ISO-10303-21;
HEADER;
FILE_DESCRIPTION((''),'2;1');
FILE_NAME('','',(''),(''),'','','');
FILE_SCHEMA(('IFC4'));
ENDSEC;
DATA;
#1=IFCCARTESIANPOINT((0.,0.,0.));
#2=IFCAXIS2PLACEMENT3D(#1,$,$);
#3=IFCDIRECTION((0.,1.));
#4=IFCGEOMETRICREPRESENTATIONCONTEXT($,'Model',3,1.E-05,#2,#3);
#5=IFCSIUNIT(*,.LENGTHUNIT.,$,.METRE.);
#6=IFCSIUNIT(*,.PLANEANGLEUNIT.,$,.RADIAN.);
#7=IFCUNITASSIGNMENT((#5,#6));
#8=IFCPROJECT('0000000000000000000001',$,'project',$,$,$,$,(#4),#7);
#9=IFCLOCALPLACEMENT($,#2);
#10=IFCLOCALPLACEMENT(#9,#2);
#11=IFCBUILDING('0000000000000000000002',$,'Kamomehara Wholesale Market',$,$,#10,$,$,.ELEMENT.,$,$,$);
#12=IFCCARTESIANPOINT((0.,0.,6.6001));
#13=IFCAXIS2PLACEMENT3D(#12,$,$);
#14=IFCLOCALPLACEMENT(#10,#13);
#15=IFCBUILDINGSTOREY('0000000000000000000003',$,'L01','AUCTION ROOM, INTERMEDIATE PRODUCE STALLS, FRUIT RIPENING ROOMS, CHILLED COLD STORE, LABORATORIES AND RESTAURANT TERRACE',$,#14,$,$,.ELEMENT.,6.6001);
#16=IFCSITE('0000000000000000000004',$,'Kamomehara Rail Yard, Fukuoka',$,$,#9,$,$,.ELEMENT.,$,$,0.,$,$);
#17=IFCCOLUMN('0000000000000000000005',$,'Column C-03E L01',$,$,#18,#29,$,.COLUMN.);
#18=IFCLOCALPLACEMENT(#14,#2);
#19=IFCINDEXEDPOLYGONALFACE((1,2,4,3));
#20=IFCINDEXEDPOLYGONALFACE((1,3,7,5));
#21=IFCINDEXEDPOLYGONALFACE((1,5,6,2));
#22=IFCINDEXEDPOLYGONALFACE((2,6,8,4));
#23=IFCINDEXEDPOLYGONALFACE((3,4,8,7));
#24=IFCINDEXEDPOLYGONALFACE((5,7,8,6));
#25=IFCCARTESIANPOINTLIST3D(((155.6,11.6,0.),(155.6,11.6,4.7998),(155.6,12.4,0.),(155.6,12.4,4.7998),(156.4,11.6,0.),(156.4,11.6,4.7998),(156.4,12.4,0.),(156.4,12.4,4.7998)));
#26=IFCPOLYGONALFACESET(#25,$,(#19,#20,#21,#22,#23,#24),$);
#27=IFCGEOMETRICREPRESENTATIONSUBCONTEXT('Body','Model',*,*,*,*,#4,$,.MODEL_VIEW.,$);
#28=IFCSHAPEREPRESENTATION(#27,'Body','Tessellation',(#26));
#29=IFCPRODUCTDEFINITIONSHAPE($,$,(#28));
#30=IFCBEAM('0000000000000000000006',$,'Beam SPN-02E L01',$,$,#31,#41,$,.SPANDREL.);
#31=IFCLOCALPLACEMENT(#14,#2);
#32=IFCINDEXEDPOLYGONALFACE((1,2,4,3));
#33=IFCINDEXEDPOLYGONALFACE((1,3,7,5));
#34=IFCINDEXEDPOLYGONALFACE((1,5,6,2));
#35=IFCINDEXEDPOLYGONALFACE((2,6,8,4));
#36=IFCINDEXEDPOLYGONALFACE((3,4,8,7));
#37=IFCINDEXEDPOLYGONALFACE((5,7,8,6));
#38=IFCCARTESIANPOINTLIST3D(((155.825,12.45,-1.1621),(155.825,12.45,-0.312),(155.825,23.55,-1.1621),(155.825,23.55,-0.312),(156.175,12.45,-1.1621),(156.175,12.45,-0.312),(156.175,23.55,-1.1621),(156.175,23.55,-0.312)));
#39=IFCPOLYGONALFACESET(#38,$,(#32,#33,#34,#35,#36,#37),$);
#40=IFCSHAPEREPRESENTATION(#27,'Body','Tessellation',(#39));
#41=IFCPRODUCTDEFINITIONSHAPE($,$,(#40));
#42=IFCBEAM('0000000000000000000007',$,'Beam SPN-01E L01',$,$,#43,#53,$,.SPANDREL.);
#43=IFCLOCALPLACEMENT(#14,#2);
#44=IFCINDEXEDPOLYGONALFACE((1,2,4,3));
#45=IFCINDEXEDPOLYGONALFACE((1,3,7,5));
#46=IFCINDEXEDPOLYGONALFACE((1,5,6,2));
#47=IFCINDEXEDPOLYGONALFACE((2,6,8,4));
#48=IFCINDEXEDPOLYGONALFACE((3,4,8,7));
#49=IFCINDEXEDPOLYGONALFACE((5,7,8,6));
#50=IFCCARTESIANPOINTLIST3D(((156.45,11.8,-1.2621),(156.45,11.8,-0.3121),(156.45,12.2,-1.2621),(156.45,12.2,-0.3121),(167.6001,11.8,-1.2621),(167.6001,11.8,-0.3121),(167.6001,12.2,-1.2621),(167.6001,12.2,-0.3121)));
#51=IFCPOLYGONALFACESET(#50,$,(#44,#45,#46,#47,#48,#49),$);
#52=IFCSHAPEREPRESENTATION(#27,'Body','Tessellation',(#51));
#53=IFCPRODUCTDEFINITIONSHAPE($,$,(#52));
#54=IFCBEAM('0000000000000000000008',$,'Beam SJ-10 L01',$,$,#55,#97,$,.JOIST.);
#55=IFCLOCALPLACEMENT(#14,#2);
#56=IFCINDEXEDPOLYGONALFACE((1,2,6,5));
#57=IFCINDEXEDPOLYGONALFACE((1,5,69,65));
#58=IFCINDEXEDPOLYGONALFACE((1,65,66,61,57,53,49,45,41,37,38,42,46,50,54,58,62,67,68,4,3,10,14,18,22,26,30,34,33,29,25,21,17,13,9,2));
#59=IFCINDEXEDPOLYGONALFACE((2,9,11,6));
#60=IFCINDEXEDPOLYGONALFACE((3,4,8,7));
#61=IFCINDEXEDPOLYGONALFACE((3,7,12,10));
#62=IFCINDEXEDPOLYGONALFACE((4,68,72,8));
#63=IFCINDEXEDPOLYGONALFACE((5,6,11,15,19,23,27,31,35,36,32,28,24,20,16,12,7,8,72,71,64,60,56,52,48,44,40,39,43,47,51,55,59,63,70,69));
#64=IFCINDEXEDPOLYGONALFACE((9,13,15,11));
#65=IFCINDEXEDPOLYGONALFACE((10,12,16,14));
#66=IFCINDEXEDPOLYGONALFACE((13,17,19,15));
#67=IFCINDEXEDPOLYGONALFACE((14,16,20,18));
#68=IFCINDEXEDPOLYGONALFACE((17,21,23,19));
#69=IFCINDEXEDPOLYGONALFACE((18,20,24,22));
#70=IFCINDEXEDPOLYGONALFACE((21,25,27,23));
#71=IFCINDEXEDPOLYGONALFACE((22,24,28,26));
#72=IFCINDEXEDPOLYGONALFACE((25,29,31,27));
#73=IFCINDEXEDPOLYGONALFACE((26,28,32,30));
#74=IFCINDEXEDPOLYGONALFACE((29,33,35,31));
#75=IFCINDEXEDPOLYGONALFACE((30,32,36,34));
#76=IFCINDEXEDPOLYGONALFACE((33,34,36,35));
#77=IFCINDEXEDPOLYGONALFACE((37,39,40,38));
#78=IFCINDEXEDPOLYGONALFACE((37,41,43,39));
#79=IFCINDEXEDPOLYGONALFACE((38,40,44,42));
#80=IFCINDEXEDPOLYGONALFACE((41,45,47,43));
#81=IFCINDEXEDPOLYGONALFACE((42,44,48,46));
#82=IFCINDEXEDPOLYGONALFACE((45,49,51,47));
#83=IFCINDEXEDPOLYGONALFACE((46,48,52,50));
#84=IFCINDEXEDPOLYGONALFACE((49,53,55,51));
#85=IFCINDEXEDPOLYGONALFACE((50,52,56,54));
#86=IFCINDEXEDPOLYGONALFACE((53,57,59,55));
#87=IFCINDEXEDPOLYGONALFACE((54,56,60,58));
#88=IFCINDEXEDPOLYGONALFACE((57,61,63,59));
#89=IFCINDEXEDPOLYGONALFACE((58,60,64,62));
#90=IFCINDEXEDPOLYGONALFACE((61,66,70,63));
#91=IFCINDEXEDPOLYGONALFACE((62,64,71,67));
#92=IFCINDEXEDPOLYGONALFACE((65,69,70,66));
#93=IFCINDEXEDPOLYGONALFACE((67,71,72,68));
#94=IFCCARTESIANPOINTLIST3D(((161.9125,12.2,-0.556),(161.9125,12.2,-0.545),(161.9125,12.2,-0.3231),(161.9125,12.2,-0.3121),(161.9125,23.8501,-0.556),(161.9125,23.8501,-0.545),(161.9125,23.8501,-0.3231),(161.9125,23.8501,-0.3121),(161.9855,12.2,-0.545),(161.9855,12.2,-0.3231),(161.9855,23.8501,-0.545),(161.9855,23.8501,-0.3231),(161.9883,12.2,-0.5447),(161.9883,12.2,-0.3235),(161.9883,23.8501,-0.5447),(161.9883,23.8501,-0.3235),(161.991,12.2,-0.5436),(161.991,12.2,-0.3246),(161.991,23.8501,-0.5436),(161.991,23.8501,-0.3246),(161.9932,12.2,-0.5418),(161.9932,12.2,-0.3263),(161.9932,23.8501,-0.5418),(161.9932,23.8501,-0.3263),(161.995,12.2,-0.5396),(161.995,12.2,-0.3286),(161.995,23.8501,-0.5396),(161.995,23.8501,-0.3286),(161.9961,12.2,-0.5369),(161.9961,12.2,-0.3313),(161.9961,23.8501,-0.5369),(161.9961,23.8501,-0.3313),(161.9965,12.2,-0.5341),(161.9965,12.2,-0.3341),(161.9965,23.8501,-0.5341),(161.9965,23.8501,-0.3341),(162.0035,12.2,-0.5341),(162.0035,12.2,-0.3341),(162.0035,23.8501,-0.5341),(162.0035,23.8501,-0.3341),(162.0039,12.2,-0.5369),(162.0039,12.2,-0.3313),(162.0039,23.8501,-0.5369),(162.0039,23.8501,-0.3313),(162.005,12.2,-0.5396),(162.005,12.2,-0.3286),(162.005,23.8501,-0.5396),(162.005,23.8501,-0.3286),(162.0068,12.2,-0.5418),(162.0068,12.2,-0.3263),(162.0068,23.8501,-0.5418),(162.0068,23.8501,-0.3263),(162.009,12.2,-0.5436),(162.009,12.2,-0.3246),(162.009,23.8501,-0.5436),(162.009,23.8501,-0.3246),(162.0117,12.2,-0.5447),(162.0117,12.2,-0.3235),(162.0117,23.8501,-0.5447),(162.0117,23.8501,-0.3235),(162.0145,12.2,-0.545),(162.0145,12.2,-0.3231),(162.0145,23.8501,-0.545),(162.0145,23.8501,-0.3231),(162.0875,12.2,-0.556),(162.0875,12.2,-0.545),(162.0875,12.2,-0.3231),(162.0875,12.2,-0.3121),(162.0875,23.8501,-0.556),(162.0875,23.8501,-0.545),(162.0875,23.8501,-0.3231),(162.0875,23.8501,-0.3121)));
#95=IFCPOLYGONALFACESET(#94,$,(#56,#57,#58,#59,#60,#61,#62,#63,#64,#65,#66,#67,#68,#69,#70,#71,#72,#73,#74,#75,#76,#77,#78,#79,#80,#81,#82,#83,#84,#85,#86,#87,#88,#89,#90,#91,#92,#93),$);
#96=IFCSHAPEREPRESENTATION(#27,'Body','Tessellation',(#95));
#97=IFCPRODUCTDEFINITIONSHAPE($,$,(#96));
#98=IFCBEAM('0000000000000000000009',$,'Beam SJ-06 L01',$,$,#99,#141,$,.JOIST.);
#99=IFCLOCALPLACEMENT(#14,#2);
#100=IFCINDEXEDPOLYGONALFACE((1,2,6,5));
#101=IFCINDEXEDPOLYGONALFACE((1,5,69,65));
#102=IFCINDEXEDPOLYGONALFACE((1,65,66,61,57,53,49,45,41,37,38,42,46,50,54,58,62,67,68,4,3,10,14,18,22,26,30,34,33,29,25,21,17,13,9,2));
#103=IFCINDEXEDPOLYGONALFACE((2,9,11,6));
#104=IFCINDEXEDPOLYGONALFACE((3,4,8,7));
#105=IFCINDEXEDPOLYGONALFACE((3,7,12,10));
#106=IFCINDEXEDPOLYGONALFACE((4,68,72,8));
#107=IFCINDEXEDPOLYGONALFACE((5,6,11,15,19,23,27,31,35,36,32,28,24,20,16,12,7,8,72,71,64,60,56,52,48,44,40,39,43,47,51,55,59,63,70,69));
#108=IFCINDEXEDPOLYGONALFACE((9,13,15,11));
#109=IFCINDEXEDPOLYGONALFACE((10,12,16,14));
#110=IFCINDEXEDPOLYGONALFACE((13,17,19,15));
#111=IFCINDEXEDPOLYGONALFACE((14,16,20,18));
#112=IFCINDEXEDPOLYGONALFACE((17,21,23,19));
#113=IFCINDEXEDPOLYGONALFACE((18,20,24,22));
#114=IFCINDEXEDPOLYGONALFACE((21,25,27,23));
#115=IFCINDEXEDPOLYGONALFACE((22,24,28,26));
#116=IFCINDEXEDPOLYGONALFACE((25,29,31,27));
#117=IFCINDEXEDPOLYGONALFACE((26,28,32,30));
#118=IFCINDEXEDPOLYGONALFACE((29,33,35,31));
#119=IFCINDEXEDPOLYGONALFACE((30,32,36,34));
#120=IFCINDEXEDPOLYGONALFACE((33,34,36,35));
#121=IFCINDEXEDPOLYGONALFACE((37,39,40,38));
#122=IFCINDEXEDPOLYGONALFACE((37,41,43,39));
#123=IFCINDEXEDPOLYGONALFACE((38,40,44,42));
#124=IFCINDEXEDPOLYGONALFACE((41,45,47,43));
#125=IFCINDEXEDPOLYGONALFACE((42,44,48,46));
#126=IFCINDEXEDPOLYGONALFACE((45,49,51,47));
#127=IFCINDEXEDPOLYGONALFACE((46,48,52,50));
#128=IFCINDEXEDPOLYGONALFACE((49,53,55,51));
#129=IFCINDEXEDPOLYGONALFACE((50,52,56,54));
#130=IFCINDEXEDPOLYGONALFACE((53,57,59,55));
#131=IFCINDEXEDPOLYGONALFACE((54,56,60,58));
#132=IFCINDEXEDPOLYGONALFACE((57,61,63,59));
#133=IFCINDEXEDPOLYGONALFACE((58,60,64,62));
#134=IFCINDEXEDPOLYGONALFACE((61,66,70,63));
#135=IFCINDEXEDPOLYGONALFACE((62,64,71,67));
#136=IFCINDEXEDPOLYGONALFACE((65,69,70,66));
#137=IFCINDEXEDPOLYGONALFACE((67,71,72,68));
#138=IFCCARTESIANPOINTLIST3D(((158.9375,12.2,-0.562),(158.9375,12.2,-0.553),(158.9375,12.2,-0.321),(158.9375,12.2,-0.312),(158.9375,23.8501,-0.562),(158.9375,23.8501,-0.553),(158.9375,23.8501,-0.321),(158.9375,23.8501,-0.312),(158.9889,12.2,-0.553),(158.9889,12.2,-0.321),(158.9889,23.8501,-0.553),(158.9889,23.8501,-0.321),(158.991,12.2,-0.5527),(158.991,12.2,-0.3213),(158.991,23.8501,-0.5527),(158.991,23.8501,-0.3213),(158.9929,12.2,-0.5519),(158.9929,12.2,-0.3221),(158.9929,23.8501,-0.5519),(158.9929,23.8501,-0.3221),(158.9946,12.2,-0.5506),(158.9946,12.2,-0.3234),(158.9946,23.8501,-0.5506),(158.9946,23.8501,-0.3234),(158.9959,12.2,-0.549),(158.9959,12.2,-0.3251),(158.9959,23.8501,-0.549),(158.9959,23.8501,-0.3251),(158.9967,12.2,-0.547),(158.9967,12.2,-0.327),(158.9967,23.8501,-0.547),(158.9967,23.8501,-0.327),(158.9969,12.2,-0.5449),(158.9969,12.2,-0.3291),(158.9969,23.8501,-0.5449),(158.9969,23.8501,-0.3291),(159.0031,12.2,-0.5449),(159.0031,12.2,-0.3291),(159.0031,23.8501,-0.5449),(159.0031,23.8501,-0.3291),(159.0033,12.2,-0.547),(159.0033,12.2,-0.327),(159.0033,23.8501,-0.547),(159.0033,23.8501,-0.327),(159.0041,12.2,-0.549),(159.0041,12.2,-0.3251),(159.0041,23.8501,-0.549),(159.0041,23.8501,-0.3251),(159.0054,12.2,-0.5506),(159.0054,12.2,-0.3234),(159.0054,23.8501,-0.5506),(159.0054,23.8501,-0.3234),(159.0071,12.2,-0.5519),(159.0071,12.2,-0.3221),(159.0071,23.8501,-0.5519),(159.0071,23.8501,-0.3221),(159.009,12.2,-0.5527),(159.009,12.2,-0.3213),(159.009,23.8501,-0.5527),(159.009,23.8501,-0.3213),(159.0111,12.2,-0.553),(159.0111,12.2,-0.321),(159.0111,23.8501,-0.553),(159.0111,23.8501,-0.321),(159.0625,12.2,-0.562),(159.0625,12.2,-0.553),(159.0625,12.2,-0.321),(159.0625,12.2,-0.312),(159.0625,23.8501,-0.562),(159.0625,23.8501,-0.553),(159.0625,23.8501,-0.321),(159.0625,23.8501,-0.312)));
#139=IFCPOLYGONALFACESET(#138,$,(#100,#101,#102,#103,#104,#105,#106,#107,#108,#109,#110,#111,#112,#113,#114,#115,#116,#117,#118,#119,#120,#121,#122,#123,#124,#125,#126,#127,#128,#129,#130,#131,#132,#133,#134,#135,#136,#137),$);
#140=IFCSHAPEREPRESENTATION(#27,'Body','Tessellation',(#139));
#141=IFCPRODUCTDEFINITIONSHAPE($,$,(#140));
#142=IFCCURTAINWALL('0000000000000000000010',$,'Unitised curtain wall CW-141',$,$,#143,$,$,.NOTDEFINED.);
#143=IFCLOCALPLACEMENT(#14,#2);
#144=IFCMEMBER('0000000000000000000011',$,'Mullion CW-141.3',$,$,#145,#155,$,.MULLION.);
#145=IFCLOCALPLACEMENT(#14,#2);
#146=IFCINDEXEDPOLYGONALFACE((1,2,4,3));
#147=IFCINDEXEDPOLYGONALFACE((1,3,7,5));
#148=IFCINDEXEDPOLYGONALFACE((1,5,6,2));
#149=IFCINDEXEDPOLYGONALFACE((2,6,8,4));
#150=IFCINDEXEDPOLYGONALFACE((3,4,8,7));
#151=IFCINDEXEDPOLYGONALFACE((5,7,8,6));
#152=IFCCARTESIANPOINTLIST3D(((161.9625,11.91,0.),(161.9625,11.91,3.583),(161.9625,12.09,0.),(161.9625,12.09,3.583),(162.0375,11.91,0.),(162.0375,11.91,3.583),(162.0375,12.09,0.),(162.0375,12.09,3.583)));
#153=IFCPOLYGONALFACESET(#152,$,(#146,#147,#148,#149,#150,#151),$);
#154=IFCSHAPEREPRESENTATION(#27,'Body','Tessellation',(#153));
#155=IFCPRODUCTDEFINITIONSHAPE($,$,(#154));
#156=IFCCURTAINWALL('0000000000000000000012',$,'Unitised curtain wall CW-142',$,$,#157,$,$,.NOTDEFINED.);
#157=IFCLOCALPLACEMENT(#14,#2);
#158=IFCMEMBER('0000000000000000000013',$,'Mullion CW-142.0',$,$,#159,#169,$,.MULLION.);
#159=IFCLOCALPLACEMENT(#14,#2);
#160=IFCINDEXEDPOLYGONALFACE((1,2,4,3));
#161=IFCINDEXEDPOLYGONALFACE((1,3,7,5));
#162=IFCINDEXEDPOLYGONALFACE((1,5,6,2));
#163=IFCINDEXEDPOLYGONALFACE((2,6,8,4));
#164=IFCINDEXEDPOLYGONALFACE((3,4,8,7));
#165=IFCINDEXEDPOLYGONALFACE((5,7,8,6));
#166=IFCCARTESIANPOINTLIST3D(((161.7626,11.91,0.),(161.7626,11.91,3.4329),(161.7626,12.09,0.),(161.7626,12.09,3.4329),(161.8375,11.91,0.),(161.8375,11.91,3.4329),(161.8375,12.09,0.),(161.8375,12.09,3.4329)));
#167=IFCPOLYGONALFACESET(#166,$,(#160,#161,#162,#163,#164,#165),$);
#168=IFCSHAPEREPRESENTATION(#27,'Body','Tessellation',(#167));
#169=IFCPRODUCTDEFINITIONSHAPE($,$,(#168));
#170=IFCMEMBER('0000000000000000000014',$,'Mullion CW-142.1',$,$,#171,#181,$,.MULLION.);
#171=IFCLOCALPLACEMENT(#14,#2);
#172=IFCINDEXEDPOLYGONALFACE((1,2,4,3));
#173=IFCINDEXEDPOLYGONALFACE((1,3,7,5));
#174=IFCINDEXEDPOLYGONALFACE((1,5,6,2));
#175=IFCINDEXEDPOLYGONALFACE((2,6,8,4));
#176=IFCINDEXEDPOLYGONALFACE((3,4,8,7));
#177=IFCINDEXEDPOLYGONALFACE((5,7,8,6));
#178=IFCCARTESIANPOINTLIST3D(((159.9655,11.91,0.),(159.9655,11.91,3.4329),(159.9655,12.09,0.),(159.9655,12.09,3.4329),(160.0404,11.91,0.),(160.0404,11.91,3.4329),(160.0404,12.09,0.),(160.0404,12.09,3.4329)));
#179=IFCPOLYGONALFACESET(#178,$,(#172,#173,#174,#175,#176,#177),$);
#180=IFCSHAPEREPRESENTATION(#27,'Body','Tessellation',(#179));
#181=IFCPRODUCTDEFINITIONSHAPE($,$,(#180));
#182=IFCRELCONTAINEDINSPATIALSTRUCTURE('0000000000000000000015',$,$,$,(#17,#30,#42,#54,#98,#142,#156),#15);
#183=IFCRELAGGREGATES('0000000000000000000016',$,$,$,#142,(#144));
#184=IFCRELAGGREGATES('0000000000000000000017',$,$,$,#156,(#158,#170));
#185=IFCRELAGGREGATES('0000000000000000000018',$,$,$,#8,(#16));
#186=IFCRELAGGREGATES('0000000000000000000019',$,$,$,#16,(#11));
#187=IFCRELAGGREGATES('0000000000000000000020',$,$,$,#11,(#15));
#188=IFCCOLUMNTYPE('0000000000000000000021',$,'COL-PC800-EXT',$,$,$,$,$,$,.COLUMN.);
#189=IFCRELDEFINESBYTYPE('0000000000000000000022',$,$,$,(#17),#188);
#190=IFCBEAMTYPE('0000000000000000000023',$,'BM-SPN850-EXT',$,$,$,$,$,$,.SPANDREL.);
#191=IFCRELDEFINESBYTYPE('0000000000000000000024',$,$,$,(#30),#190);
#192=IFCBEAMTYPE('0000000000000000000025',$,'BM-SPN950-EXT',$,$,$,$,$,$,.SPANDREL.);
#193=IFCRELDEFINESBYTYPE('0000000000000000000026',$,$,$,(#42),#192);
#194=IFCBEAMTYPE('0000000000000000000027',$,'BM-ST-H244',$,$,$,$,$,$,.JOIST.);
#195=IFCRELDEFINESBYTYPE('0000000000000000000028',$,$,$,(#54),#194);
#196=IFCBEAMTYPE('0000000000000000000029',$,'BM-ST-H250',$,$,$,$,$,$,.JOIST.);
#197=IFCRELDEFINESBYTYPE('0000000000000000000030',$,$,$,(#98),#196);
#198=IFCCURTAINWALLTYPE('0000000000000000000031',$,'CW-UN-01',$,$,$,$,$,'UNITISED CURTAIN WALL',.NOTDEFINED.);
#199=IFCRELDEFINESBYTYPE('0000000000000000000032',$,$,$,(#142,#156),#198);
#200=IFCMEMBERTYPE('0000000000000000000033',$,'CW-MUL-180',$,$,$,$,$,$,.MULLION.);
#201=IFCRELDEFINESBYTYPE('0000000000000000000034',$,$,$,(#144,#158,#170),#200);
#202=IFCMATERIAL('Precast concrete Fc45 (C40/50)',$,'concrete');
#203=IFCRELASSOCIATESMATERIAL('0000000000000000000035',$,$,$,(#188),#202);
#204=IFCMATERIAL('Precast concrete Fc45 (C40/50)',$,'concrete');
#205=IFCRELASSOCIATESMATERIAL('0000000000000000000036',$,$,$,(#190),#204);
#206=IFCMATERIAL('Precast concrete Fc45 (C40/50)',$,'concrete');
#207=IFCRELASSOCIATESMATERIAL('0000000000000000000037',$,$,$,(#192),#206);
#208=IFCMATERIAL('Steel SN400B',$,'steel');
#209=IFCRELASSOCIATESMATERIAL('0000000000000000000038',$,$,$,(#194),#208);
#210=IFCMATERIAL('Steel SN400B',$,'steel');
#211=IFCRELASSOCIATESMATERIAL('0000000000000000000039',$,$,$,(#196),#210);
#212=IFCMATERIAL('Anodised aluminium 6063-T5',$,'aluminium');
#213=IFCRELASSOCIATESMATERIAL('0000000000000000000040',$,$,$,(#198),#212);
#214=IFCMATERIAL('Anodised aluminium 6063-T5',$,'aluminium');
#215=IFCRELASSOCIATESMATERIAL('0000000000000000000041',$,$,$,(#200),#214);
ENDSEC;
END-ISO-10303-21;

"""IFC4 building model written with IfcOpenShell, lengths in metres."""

from ifc_helpers import new_model, si_unit, direction, frame, origin, origin_2d, place, context, subcontext, project, spatial, rectangle, i_section, extrude, material, material_profile, profile_set, type_object, element, aggregate, save


model = new_model("IFC4")

# Units and contexts
model_context = context("Model", 3, precision=1e-05, world=origin(), true_north=direction((0.0, 1.0)))
body_context = subcontext(model_context, "Body", "Model", "MODEL_VIEW")
ifc_project = project(units=[si_unit("LENGTHUNIT", "METRE"), si_unit("PLANEANGLEUNIT", "RADIAN")], contexts=[model_context])

# Site, building, storey
site_placement = place(None, origin())
site = spatial("IfcSite", under=ifc_project, at=site_placement, Name="Kamomehara Rail Yard, Fukuoka", CompositionType="ELEMENT", RefElevation=0.0)
building_placement = place(site_placement, origin())
building = spatial("IfcBuilding", under=site, at=building_placement, Name="Kamomehara Wholesale Market", CompositionType="ELEMENT")
storey_placement = place(building_placement, frame((0.0, 0.0, 6.6001)))
storey = spatial("IfcBuildingStorey", under=building, at=storey_placement, Name="L01", Description="AUCTION ROOM, INTERMEDIATE PRODUCE STALLS, FRUIT RIPENING ROOMS, CHILLED COLD STORE, LABORATORIES AND RESTAURANT TERRACE", CompositionType="ELEMENT", Elevation=6.6001)

# Column
ifc_material_1 = material(Name="Precast concrete Fc45 (C40/50)", Category="concrete")
ifc_material_profile_1 = material_profile(ifc_material_1, rectangle(XDim=0.8, YDim=0.8, at=origin_2d()), Name="PC-COL-800x800")
ifc_profile_set_1 = profile_set([ifc_material_profile_1], Name="Precast concrete Fc45 (C40/50)")
column_type = type_object("IfcColumnType", Name="COL-PC800-EXT", PredefinedType="COLUMN", material=ifc_profile_set_1)
column_placement = place(storey_placement, frame((156.0, 12.0, 0.0), z_axis=(0.0, 0.0, 1.0), x_axis=(1.0, 0.0, 0.0)))
element("IfcColumn", 1, at=column_placement, inside=storey, type_object=column_type, Name="Column C-03E L01", PredefinedType="COLUMN", context=body_context, shape_type="SweptSolid", body=[
    extrude(rectangle(XDim=0.8, YDim=0.8, at=origin_2d()), origin(), (0.0, 0.0, 1.0), 4.7998),
])

# Beams
ifc_material_2 = material(Name="Precast concrete Fc45 (C40/50)", Category="concrete")
ifc_material_profile_2 = material_profile(ifc_material_2, rectangle(XDim=0.3501, YDim=0.8501, at=origin_2d()), Name="PC-SPN-350x850")
ifc_profile_set_2 = profile_set([ifc_material_profile_2], Name="Precast concrete Fc45 (C40/50)")
beam_type_1 = type_object("IfcBeamType", Name="BM-SPN850-EXT", PredefinedType="SPANDREL", material=ifc_profile_set_2)
beam_1_placement = place(storey_placement, frame((156.0, 12.45, -0.7371), z_axis=(0.0, 1.0, 0.0), x_axis=(-1.0, 0.0, 0.0)))
element("IfcBeam", 2, at=beam_1_placement, inside=storey, type_object=beam_type_1, Name="Beam SPN-02E L01", PredefinedType="SPANDREL", context=body_context, shape_type="SweptSolid", body=[
    extrude(rectangle(XDim=0.3501, YDim=0.8501, at=origin_2d()), origin(), (0.0, 0.0, 1.0), 11.1001),
])
ifc_material_3 = material(Name="Precast concrete Fc45 (C40/50)", Category="concrete")
ifc_material_profile_3 = material_profile(ifc_material_3, rectangle(XDim=0.3999, YDim=0.95, at=origin_2d()), Name="PC-SPN-400x950")
ifc_profile_set_3 = profile_set([ifc_material_profile_3], Name="Precast concrete Fc45 (C40/50)")
beam_type_2 = type_object("IfcBeamType", Name="BM-SPN950-EXT", PredefinedType="SPANDREL", material=ifc_profile_set_3)
beam_2_placement = place(storey_placement, frame((156.45, 12.0, -0.7871), z_axis=(1.0, 0.0, 0.0), x_axis=(0.0, 1.0, 0.0)))
element("IfcBeam", 3, at=beam_2_placement, inside=storey, type_object=beam_type_2, Name="Beam SPN-01E L01", PredefinedType="SPANDREL", context=body_context, shape_type="SweptSolid", body=[
    extrude(rectangle(XDim=0.3999, YDim=0.95, at=origin_2d()), origin(), (0.0, 0.0, 1.0), 11.1501),
])
ifc_material_4 = material(Name="Steel SN400B", Category="steel")
ifc_material_profile_4 = material_profile(ifc_material_4, i_section(OverallWidth=0.175, OverallDepth=0.2439, WebThickness=0.0071, FlangeThickness=0.011, FilletRadius=0.011, at=origin_2d()), Name="H-244x175x7x11")
ifc_profile_set_4 = profile_set([ifc_material_profile_4], Name="Steel SN400B")
beam_type_3 = type_object("IfcBeamType", Name="BM-ST-H244", PredefinedType="JOIST", material=ifc_profile_set_4)
beam_3_placement = place(storey_placement, frame((162.0, 12.2, -0.4341), z_axis=(0.0, 1.0, 0.0), x_axis=(-1.0, 0.0, 0.0)))
element("IfcBeam", 4, at=beam_3_placement, inside=storey, type_object=beam_type_3, Name="Beam SJ-10 L01", PredefinedType="JOIST", context=body_context, shape_type="SweptSolid", body=[
    extrude(i_section(OverallWidth=0.175, OverallDepth=0.2439, WebThickness=0.0071, FlangeThickness=0.011, FilletRadius=0.011, at=origin_2d()), origin(), (0.0, 0.0, 1.0), 11.6501),
])
ifc_material_5 = material(Name="Steel SN400B", Category="steel")
ifc_material_profile_5 = material_profile(ifc_material_5, i_section(OverallWidth=0.125, OverallDepth=0.25, WebThickness=0.0061, FlangeThickness=0.009, FilletRadius=0.0081, at=origin_2d()), Name="H-250x125x6x9")
ifc_profile_set_5 = profile_set([ifc_material_profile_5], Name="Steel SN400B")
beam_type_4 = type_object("IfcBeamType", Name="BM-ST-H250", PredefinedType="JOIST", material=ifc_profile_set_5)
beam_4_placement = place(storey_placement, frame((159.0, 12.2, -0.437), z_axis=(0.0, 1.0, 0.0), x_axis=(-1.0, 0.0, 0.0)))
element("IfcBeam", 5, at=beam_4_placement, inside=storey, type_object=beam_type_4, Name="Beam SJ-06 L01", PredefinedType="JOIST", context=body_context, shape_type="SweptSolid", body=[
    extrude(i_section(OverallWidth=0.125, OverallDepth=0.25, WebThickness=0.0061, FlangeThickness=0.009, FilletRadius=0.0081, at=origin_2d()), origin(), (0.0, 0.0, 1.0), 11.6501),
])

# Curtain wall, member
ifc_material_6 = material(Name="Anodised aluminium 6063-T5", Category="aluminium")
curtain_wall_type = type_object("IfcCurtainWallType", Name="CW-UN-01", ElementType="UNITISED CURTAIN WALL", PredefinedType="NOTDEFINED", material=ifc_material_6)
curtain_wall_1_placement = place(storey_placement, origin())
curtain_wall_1 = element("IfcCurtainWall", 6, at=curtain_wall_1_placement, inside=storey, type_object=curtain_wall_type, Name="Unitised curtain wall CW-141", PredefinedType="NOTDEFINED")
ifc_material_7 = material(Name="Anodised aluminium 6063-T5", Category="aluminium")
ifc_material_profile_6 = material_profile(ifc_material_7, rectangle(XDim=0.075, YDim=0.1799, at=origin_2d()), Name="ALU-MUL-75x180")
ifc_profile_set_6 = profile_set([ifc_material_profile_6], Name="Anodised aluminium 6063-T5")
member_type_1 = type_object("IfcMemberType", Name="CW-MUL-180", PredefinedType="MULLION", material=ifc_profile_set_6)
member_1_placement = place(storey_placement, frame((162.0, 12.0, 0.0), z_axis=(0.0, 0.0, 1.0), x_axis=(-1.0, 0.0, 0.0)))
member_1 = element("IfcMember", 7, at=member_1_placement, type_object=member_type_1, Name="Mullion CW-141.3", PredefinedType="MULLION", context=body_context, shape_type="SweptSolid", body=[
    extrude(rectangle(XDim=0.075, YDim=0.1799, at=origin_2d()), origin(), (0.0, 0.0, 1.0), 3.583),
])
aggregate(curtain_wall_1, [member_1])

# Curtain wall, members
curtain_wall_2_placement = place(storey_placement, origin())
curtain_wall_2 = element("IfcCurtainWall", 8, at=curtain_wall_2_placement, inside=storey, type_object=curtain_wall_type, Name="Unitised curtain wall CW-142", PredefinedType="NOTDEFINED")
member_2_placement = place(storey_placement, frame((161.8, 12.0, 0.0), z_axis=(0.0, 0.0, 1.0), x_axis=(-1.0, 0.0, 0.0)))
member_2 = element("IfcMember", 9, at=member_2_placement, type_object=member_type_1, Name="Mullion CW-142.0", PredefinedType="MULLION", context=body_context, shape_type="SweptSolid", body=[
    extrude(rectangle(XDim=0.075, YDim=0.1799, at=origin_2d()), origin(), (0.0, 0.0, 1.0), 3.4329),
])
member_3_placement = place(storey_placement, frame((160.0029, 12.0, 0.0), z_axis=(0.0, 0.0, 1.0), x_axis=(-1.0, 0.0, 0.0)))
member_3 = element("IfcMember", 10, at=member_3_placement, type_object=member_type_1, Name="Mullion CW-142.1", PredefinedType="MULLION", context=body_context, shape_type="SweptSolid", body=[
    extrude(rectangle(XDim=0.075, YDim=0.1799, at=origin_2d()), origin(), (0.0, 0.0, 1.0), 3.4329),
])

aggregate(curtain_wall_2, [member_2, member_3])

save(model, "model.ifc")
